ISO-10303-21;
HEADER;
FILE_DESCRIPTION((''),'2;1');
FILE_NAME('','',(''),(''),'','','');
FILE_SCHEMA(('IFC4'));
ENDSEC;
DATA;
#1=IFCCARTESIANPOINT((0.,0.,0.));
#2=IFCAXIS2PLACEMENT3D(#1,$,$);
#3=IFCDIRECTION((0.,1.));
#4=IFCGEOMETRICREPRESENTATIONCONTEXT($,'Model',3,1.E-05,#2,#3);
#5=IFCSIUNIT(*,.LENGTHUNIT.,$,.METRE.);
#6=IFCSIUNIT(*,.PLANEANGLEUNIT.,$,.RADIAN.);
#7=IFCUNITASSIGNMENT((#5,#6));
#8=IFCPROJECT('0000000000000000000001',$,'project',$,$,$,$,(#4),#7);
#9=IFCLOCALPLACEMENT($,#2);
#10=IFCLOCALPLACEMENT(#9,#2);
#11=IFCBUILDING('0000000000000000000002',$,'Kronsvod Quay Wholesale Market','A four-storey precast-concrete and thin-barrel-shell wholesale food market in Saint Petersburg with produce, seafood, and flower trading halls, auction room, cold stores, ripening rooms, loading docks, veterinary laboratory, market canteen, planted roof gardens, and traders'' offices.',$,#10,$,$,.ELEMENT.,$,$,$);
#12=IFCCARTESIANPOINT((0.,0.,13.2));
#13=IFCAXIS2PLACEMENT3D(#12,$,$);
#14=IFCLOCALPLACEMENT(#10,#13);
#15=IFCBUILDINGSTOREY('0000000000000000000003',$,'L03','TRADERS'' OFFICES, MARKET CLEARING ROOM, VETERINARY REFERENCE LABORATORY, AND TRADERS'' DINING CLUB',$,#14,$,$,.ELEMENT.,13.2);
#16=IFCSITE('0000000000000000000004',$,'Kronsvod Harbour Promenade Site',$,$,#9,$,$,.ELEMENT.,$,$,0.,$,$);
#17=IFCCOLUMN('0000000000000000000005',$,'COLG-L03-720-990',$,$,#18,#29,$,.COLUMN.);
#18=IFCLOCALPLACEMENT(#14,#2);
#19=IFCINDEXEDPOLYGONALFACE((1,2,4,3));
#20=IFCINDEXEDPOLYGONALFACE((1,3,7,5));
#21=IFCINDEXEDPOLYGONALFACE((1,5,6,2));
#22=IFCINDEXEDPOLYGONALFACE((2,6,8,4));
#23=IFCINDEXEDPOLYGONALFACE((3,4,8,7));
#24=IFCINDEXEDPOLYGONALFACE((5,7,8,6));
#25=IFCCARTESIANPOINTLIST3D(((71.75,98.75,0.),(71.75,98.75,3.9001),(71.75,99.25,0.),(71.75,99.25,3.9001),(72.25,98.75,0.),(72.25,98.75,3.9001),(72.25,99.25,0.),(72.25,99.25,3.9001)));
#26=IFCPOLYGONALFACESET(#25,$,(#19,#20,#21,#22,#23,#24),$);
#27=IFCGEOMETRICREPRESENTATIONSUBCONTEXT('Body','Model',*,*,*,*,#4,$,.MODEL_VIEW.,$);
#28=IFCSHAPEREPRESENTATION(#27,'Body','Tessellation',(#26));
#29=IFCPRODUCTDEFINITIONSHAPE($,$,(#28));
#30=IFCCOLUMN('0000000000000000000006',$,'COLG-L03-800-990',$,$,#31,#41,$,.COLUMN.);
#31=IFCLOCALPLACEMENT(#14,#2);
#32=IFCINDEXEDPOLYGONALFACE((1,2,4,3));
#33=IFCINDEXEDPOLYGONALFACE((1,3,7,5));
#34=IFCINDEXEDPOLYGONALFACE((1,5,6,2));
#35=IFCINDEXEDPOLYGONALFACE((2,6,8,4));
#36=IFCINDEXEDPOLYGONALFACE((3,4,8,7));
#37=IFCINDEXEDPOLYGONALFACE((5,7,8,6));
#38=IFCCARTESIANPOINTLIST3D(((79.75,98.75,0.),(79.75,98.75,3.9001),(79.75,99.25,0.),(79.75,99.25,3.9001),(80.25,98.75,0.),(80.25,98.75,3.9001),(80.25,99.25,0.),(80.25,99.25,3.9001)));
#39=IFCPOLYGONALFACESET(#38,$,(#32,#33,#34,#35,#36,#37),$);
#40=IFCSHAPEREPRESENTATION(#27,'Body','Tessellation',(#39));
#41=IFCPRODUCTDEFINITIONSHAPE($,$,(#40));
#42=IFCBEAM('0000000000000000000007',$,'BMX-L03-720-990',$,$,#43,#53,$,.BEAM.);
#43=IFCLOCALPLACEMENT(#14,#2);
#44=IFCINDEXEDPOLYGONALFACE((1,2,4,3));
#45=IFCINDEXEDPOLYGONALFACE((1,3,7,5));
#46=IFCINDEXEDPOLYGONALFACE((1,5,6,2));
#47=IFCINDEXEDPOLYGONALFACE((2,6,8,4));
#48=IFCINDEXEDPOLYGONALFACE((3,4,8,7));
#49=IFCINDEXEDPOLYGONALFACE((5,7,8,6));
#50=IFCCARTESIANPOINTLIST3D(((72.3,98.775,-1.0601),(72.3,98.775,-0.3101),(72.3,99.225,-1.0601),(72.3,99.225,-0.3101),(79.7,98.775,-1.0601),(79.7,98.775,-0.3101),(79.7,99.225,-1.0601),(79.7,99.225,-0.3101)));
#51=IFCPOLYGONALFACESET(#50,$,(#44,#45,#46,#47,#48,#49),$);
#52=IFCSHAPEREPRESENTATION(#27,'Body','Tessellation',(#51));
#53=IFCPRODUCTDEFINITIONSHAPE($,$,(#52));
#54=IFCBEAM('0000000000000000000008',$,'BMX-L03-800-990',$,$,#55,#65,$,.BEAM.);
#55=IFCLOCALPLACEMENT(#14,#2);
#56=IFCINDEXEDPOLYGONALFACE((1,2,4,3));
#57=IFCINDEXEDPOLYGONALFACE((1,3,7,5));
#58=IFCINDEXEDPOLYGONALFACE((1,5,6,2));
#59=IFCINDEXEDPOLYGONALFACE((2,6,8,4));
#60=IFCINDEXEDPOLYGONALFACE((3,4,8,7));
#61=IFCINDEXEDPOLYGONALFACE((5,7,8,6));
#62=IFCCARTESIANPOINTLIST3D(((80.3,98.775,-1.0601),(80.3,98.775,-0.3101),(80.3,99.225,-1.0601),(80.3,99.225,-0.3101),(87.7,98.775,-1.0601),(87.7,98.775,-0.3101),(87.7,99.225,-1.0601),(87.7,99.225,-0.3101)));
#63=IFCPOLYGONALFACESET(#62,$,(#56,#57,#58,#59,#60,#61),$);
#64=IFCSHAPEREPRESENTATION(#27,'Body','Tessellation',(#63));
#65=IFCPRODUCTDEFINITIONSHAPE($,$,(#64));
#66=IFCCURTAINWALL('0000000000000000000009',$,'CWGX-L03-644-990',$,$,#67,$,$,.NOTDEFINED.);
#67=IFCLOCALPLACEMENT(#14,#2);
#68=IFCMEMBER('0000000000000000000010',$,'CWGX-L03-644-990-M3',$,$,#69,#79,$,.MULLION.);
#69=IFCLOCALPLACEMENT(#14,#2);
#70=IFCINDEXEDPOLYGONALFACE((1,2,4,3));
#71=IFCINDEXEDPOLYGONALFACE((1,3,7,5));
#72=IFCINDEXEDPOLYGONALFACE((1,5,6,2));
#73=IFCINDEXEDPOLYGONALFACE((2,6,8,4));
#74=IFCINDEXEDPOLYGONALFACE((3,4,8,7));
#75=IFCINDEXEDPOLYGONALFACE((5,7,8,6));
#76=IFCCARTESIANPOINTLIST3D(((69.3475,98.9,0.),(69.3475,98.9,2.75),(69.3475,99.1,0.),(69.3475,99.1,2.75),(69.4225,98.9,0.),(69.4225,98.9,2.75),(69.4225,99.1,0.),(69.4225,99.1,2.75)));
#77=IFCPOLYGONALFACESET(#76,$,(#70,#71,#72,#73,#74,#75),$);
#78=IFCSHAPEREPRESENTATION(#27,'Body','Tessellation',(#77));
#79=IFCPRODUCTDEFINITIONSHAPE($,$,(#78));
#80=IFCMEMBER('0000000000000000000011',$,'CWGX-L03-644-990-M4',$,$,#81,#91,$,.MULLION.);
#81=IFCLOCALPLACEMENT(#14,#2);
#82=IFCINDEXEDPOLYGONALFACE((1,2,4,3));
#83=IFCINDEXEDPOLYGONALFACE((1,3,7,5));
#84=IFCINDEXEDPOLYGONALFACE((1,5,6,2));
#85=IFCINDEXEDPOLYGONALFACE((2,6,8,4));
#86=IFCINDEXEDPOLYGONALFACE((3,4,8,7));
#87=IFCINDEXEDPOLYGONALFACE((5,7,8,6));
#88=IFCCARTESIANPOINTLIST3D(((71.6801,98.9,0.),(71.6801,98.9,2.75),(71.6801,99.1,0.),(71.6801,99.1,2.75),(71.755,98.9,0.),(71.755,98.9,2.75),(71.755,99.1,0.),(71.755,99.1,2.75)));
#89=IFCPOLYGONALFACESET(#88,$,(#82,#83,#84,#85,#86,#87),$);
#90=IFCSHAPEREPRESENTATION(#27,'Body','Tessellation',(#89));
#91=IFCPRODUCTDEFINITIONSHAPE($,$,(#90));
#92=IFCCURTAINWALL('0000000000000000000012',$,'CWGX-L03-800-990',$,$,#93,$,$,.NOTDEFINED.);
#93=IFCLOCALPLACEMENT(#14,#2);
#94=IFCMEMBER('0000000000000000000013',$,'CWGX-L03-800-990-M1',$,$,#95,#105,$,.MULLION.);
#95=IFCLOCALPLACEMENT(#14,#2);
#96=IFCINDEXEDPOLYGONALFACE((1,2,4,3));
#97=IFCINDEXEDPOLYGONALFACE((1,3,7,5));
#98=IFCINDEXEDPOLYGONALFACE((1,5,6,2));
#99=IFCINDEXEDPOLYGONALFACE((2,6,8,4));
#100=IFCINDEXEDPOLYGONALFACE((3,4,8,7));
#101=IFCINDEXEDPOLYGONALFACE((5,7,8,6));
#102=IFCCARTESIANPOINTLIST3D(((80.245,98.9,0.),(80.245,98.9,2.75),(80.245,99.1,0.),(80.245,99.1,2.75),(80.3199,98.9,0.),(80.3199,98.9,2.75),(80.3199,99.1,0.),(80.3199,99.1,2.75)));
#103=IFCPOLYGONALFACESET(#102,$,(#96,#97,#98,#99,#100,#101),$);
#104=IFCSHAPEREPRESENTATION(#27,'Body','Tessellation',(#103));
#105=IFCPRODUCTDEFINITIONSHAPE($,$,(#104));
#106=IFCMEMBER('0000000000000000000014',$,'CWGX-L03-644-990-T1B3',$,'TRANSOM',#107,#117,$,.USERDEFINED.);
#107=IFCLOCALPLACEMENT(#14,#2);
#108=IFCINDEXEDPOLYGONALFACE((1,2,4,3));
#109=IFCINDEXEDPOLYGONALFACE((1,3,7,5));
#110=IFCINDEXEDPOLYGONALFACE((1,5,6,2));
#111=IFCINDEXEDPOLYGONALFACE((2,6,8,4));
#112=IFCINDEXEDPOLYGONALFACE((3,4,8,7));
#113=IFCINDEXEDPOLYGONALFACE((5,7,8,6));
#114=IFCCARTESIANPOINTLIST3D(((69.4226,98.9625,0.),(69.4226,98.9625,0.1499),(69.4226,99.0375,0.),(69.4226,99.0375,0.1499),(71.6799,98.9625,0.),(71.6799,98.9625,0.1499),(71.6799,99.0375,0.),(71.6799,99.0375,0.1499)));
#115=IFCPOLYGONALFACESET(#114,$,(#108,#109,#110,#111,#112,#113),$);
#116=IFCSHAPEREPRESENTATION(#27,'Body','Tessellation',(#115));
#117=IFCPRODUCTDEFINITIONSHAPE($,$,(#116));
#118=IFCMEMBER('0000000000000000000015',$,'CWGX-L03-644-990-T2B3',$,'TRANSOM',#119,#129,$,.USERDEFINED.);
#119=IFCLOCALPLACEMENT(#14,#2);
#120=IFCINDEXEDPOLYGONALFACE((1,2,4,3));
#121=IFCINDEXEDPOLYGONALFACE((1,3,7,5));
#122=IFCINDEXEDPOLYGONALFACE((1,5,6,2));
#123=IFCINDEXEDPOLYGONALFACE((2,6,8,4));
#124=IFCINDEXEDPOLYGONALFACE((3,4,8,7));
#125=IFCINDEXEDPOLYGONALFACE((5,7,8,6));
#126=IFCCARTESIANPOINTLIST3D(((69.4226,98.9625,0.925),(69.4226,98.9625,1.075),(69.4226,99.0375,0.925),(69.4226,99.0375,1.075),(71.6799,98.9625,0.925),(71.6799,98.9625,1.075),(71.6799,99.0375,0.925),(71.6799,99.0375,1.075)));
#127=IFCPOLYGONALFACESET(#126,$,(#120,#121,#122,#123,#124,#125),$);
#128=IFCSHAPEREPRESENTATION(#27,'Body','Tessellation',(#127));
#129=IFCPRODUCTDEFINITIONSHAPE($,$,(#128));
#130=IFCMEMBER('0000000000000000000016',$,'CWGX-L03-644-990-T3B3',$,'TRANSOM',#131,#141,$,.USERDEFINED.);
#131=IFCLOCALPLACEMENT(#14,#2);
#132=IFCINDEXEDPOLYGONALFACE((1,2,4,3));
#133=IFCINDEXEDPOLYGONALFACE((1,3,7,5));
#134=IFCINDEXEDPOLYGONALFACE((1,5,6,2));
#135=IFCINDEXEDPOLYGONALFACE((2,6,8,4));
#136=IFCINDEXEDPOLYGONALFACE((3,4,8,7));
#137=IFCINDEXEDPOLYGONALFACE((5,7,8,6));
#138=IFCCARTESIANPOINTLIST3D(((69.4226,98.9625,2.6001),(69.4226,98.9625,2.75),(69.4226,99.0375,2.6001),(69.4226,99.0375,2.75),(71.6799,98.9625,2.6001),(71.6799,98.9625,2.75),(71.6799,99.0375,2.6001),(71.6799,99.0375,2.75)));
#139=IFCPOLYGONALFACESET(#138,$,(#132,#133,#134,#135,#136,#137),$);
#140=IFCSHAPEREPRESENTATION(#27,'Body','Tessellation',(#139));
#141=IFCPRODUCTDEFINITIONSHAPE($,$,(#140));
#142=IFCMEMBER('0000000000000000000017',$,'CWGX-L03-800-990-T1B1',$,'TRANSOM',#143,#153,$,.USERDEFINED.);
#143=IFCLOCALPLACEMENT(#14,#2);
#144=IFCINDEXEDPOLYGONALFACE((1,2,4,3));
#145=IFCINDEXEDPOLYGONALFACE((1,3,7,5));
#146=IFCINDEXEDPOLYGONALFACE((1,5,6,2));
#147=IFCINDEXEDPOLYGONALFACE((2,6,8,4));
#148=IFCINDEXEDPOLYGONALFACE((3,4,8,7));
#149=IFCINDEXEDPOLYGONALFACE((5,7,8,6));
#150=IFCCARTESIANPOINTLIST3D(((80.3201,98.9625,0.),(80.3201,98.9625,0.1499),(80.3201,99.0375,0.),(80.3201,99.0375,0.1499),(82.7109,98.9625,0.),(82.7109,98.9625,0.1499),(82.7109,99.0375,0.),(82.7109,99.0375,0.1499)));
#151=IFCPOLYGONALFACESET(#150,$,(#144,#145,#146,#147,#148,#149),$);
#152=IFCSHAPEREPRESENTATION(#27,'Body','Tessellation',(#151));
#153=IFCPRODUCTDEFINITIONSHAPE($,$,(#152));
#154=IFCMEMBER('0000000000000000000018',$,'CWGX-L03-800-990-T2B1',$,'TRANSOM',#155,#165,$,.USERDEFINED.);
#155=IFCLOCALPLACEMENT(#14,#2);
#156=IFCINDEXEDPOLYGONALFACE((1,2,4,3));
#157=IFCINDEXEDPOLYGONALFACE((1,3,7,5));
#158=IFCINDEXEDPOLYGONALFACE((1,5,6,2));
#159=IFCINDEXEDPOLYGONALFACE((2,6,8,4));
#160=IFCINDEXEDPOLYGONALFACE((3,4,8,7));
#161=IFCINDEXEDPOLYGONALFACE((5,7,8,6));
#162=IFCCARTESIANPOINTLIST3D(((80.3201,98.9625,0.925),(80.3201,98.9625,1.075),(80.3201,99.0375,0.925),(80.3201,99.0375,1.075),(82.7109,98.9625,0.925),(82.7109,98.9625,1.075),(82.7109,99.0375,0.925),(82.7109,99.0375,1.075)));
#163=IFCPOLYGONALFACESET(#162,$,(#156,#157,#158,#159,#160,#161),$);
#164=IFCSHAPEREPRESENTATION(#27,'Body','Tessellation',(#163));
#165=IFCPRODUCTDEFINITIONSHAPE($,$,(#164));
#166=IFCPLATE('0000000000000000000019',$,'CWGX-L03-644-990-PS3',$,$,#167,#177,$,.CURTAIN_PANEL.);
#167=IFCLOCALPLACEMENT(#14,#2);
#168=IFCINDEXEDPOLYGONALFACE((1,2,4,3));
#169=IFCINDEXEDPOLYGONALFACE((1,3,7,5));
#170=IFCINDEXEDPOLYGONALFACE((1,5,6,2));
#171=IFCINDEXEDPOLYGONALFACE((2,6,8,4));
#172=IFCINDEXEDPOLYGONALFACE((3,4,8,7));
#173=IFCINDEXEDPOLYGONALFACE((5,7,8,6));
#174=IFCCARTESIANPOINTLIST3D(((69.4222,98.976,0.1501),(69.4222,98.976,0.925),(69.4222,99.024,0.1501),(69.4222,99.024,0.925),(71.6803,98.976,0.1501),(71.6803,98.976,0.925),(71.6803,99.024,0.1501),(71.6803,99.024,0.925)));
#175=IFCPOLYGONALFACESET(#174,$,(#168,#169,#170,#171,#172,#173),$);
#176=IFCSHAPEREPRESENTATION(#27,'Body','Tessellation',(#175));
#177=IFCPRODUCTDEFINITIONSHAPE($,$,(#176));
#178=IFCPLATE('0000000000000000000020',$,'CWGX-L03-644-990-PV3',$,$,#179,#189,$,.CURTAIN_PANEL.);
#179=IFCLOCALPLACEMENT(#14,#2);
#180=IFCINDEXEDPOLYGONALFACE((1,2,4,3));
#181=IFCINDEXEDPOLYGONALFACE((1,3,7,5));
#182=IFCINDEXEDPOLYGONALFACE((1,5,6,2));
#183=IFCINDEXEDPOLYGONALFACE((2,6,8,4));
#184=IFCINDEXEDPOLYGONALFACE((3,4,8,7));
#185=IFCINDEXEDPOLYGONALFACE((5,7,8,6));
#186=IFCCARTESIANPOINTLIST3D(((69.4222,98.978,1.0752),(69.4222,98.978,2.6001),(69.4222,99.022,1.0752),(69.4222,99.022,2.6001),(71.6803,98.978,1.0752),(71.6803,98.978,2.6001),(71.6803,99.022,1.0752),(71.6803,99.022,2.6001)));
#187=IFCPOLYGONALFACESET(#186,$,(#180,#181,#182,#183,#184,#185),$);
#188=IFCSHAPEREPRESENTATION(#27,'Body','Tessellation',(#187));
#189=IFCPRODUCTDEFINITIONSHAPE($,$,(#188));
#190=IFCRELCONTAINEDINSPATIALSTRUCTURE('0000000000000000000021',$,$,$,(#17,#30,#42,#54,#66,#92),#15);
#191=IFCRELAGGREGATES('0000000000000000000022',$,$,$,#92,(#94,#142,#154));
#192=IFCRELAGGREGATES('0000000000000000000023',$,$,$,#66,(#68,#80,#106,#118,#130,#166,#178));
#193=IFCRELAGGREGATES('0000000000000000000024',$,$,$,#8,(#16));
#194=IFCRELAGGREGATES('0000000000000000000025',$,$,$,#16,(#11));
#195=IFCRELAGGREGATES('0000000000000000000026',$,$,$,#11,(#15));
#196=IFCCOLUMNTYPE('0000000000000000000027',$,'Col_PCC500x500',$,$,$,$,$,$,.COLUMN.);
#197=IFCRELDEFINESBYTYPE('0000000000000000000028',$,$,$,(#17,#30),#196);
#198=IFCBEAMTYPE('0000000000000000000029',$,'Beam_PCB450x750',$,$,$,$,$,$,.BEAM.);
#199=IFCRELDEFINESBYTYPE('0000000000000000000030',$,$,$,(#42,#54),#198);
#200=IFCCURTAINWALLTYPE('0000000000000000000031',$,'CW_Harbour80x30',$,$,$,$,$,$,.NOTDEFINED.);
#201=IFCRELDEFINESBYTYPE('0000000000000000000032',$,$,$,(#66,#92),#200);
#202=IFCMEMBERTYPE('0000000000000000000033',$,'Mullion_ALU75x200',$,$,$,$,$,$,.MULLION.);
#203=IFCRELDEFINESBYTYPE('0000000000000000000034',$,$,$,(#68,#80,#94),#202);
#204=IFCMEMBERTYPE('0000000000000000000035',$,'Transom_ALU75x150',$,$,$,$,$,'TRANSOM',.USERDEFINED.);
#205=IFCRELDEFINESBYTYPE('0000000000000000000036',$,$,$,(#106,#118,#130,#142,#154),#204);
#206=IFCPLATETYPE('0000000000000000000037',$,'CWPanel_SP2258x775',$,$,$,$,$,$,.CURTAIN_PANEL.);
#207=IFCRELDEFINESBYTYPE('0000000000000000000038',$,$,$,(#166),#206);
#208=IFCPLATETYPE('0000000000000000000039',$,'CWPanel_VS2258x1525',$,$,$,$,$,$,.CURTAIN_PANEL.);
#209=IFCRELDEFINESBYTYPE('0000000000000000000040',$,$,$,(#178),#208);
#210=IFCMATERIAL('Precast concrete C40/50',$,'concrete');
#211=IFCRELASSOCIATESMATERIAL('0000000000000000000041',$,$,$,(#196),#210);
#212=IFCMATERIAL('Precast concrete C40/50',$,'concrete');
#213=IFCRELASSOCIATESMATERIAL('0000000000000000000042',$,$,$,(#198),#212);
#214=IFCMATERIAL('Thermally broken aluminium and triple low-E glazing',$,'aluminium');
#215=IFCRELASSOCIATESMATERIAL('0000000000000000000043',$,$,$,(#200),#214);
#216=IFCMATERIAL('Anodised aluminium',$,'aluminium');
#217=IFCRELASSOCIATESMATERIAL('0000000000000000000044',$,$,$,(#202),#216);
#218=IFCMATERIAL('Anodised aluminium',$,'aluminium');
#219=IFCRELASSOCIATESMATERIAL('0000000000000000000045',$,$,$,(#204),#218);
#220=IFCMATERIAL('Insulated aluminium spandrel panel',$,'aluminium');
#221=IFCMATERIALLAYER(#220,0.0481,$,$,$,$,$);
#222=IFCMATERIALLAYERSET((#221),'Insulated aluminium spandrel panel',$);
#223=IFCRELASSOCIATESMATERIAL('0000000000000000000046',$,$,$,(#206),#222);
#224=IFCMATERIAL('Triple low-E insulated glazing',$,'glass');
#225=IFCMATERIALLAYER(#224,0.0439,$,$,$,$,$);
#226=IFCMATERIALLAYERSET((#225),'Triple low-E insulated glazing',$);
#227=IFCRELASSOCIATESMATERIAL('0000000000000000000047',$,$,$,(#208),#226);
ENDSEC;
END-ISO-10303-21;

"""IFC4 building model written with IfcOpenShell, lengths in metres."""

from ifc_helpers import new_model, si_unit, direction, frame, origin, origin_2d, place, context, subcontext, project, spatial, rectangle, extrude, material, layer, layer_set, material_profile, profile_set, type_object, element, aggregate, save


model = new_model("IFC4")

# Units and contexts
model_context = context("Model", 3, precision=1e-05, world=origin(), true_north=direction((0.0, 1.0)))
body_context = subcontext(model_context, "Body", "Model", "MODEL_VIEW")
ifc_project = project(units=[si_unit("LENGTHUNIT", "METRE"), si_unit("PLANEANGLEUNIT", "RADIAN")], contexts=[model_context])

# Site, building, storey
site_placement = place(None, origin())
site = spatial("IfcSite", under=ifc_project, at=site_placement, Name="Kronsvod Harbour Promenade Site", CompositionType="ELEMENT", RefElevation=0.0)
building_placement = place(site_placement, origin())
building = spatial("IfcBuilding", under=site, at=building_placement, Name="Kronsvod Quay Wholesale Market", Description="A four-storey precast-concrete and thin-barrel-shell wholesale food market in Saint Petersburg with produce, seafood, and flower trading halls, auction room, cold stores, ripening rooms, loading docks, veterinary laboratory, market canteen, planted roof gardens, and traders' offices.", CompositionType="ELEMENT")
storey_placement = place(building_placement, frame((0.0, 0.0, 13.2)))
storey = spatial("IfcBuildingStorey", under=building, at=storey_placement, Name="L03", Description="TRADERS' OFFICES, MARKET CLEARING ROOM, VETERINARY REFERENCE LABORATORY, AND TRADERS' DINING CLUB", CompositionType="ELEMENT", Elevation=13.2)

# Columns
ifc_material_1 = material(Name="Precast concrete C40/50", Category="concrete")
ifc_material_profile_1 = material_profile(ifc_material_1, rectangle(XDim=0.5, YDim=0.5, at=origin_2d()), Name="PCC500x500")
ifc_profile_set_1 = profile_set([ifc_material_profile_1], Name="Precast concrete C40/50")
column_type = type_object("IfcColumnType", Name="Col_PCC500x500", PredefinedType="COLUMN", material=ifc_profile_set_1)
for number, where, z_axis, x_axis, name in (
    (1, (72.0, 99.0, 0.0), (0.0, 0.0, 1.0), (1.0, 0.0, 0.0), "COLG-L03-720-990"),
    (2, (80.0, 99.0, 0.0), (0.0, 0.0, 1.0), (1.0, 0.0, 0.0), "COLG-L03-800-990"),
):
    element("IfcColumn", number, at=place(storey_placement, frame(where, z_axis=z_axis, x_axis=x_axis)), inside=storey, type_object=column_type, Name=name, PredefinedType="COLUMN", context=body_context, shape_type="SweptSolid", body=[
        extrude(rectangle(XDim=0.5, YDim=0.5, at=origin_2d()), origin(), (0.0, 0.0, 1.0), 3.9001),
    ])

# Beams
ifc_material_2 = material(Name="Precast concrete C40/50", Category="concrete")
ifc_material_profile_2 = material_profile(ifc_material_2, rectangle(XDim=0.45, YDim=0.75, at=origin_2d()), Name="PCB450x750")
ifc_profile_set_2 = profile_set([ifc_material_profile_2], Name="Precast concrete C40/50")
beam_type = type_object("IfcBeamType", Name="Beam_PCB450x750", PredefinedType="BEAM", material=ifc_profile_set_2)
for number, where, z_axis, x_axis, name in (
    (3, (72.3, 99.0, -0.6851), (1.0, 0.0, 0.0), (0.0, 1.0, 0.0), "BMX-L03-720-990"),
    (4, (80.3, 99.0, -0.6851), (1.0, 0.0, 0.0), (0.0, 1.0, 0.0), "BMX-L03-800-990"),
):
    element("IfcBeam", number, at=place(storey_placement, frame(where, z_axis=z_axis, x_axis=x_axis)), inside=storey, type_object=beam_type, Name=name, PredefinedType="BEAM", context=body_context, shape_type="SweptSolid", body=[
        extrude(rectangle(XDim=0.45, YDim=0.75, at=origin_2d()), origin(), (0.0, 0.0, 1.0), 7.3999),
    ])

# Curtain wall, members
ifc_material_3 = material(Name="Thermally broken aluminium and triple low-E glazing", Category="aluminium")
curtain_wall_type = type_object("IfcCurtainWallType", Name="CW_Harbour80x30", PredefinedType="NOTDEFINED", material=ifc_material_3)
curtain_wall_1_placement = place(storey_placement, origin())
curtain_wall_1 = element("IfcCurtainWall", 5, at=curtain_wall_1_placement, inside=storey, type_object=curtain_wall_type, Name="CWGX-L03-644-990", PredefinedType="NOTDEFINED")
ifc_material_4 = material(Name="Anodised aluminium", Category="aluminium")
ifc_material_profile_3 = material_profile(ifc_material_4, rectangle(XDim=0.075, YDim=0.2, at=origin_2d()), Name="ALUM75x200")
ifc_profile_set_3 = profile_set([ifc_material_profile_3], Name="Anodised aluminium")
member_type_1 = type_object("IfcMemberType", Name="Mullion_ALU75x200", PredefinedType="MULLION", material=ifc_profile_set_3)
member_1_placement = place(storey_placement, frame((69.385, 99.0, 0.0), z_axis=(0.0, 0.0, 1.0), x_axis=(1.0, 0.0, 0.0)))
member_1 = element("IfcMember", 6, at=member_1_placement, type_object=member_type_1, Name="CWGX-L03-644-990-M3", PredefinedType="MULLION", context=body_context, shape_type="SweptSolid", body=[
    extrude(rectangle(XDim=0.075, YDim=0.2, at=origin_2d()), origin(), (0.0, 0.0, 1.0), 2.75),
])
member_2_placement = place(storey_placement, frame((71.7175, 99.0, 0.0), z_axis=(0.0, 0.0, 1.0), x_axis=(1.0, 0.0, 0.0)))
member_2 = element("IfcMember", 7, at=member_2_placement, type_object=member_type_1, Name="CWGX-L03-644-990-M4", PredefinedType="MULLION", context=body_context, shape_type="SweptSolid", body=[
    extrude(rectangle(XDim=0.075, YDim=0.2, at=origin_2d()), origin(), (0.0, 0.0, 1.0), 2.75),
])

# Curtain wall, member
curtain_wall_2_placement = place(storey_placement, origin())
curtain_wall_2 = element("IfcCurtainWall", 8, at=curtain_wall_2_placement, inside=storey, type_object=curtain_wall_type, Name="CWGX-L03-800-990", PredefinedType="NOTDEFINED")
member_3_placement = place(storey_placement, frame((80.2825, 99.0, 0.0), z_axis=(0.0, 0.0, 1.0), x_axis=(1.0, 0.0, 0.0)))
member_3 = element("IfcMember", 9, at=member_3_placement, type_object=member_type_1, Name="CWGX-L03-800-990-M1", PredefinedType="MULLION", context=body_context, shape_type="SweptSolid", body=[
    extrude(rectangle(XDim=0.075, YDim=0.2, at=origin_2d()), origin(), (0.0, 0.0, 1.0), 2.75),
])

# Members
ifc_material_5 = material(Name="Anodised aluminium", Category="aluminium")
ifc_material_profile_4 = material_profile(ifc_material_5, rectangle(XDim=0.075, YDim=0.1499, at=origin_2d()), Name="ALUT75x150")
ifc_profile_set_4 = profile_set([ifc_material_profile_4], Name="Anodised aluminium")
member_type_2 = type_object("IfcMemberType", Name="Transom_ALU75x150", ElementType="TRANSOM", PredefinedType="USERDEFINED", material=ifc_profile_set_4)
member_4_placement = place(storey_placement, frame((69.4226, 99.0, 0.075), z_axis=(1.0, 0.0, 0.0), x_axis=(0.0, 1.0, 0.0)))
member_4 = element("IfcMember", 10, at=member_4_placement, type_object=member_type_2, Name="CWGX-L03-644-990-T1B3", ObjectType="TRANSOM", PredefinedType="USERDEFINED", context=body_context, shape_type="SweptSolid", body=[
    extrude(rectangle(XDim=0.075, YDim=0.1499, at=origin_2d()), origin(), (0.0, 0.0, 1.0), 2.2573),
])
member_5_placement = place(storey_placement, frame((69.4226, 99.0, 1.0), z_axis=(1.0, 0.0, 0.0), x_axis=(0.0, 1.0, 0.0)))
member_5 = element("IfcMember", 11, at=member_5_placement, type_object=member_type_2, Name="CWGX-L03-644-990-T2B3", ObjectType="TRANSOM", PredefinedType="USERDEFINED", context=body_context, shape_type="SweptSolid", body=[
    extrude(rectangle(XDim=0.075, YDim=0.1499, at=origin_2d()), origin(), (0.0, 0.0, 1.0), 2.2573),
])
member_6_placement = place(storey_placement, frame((69.4226, 99.0, 2.675), z_axis=(1.0, 0.0, 0.0), x_axis=(0.0, 1.0, 0.0)))
member_6 = element("IfcMember", 12, at=member_6_placement, type_object=member_type_2, Name="CWGX-L03-644-990-T3B3", ObjectType="TRANSOM", PredefinedType="USERDEFINED", context=body_context, shape_type="SweptSolid", body=[
    extrude(rectangle(XDim=0.075, YDim=0.1499, at=origin_2d()), origin(), (0.0, 0.0, 1.0), 2.2573),
])
member_7_placement = place(storey_placement, frame((80.3201, 99.0, 0.075), z_axis=(1.0, 0.0, 0.0), x_axis=(0.0, 1.0, 0.0)))
member_7 = element("IfcMember", 13, at=member_7_placement, type_object=member_type_2, Name="CWGX-L03-800-990-T1B1", ObjectType="TRANSOM", PredefinedType="USERDEFINED", context=body_context, shape_type="SweptSolid", body=[
    extrude(rectangle(XDim=0.075, YDim=0.1499, at=origin_2d()), origin(), (0.0, 0.0, 1.0), 2.3909),
])
member_8_placement = place(storey_placement, frame((80.3201, 99.0, 1.0), z_axis=(1.0, 0.0, 0.0), x_axis=(0.0, 1.0, 0.0)))
member_8 = element("IfcMember", 14, at=member_8_placement, type_object=member_type_2, Name="CWGX-L03-800-990-T2B1", ObjectType="TRANSOM", PredefinedType="USERDEFINED", context=body_context, shape_type="SweptSolid", body=[
    extrude(rectangle(XDim=0.075, YDim=0.1499, at=origin_2d()), origin(), (0.0, 0.0, 1.0), 2.3909),
])
aggregate(curtain_wall_2, [member_3, member_7, member_8])

# Plates
ifc_material_6 = material(Name="Insulated aluminium spandrel panel", Category="aluminium")
ifc_layer_1 = layer(ifc_material_6, 0.0481)
ifc_layer_set_1 = layer_set([ifc_layer_1], Name="Insulated aluminium spandrel panel")
plate_type_1 = type_object("IfcPlateType", Name="CWPanel_SP2258x775", PredefinedType="CURTAIN_PANEL", material=ifc_layer_set_1)
plate_1_placement = place(storey_placement, frame((70.5513, 99.0, 0.1501), z_axis=(0.0, 0.0, 1.0), x_axis=(1.0, 0.0, 0.0)))
plate_1 = element("IfcPlate", 15, at=plate_1_placement, type_object=plate_type_1, Name="CWGX-L03-644-990-PS3", PredefinedType="CURTAIN_PANEL", context=body_context, shape_type="SweptSolid", body=[
    extrude(rectangle(XDim=2.2581, YDim=0.0481, at=origin_2d()), origin(), (0.0, 0.0, 1.0), 0.7749),
])
ifc_material_7 = material(Name="Triple low-E insulated glazing", Category="glass")
ifc_layer_2 = layer(ifc_material_7, 0.0439)
ifc_layer_set_2 = layer_set([ifc_layer_2], Name="Triple low-E insulated glazing")
plate_type_2 = type_object("IfcPlateType", Name="CWPanel_VS2258x1525", PredefinedType="CURTAIN_PANEL", material=ifc_layer_set_2)
plate_2_placement = place(storey_placement, frame((70.5513, 99.0, 1.0752), z_axis=(0.0, 0.0, 1.0), x_axis=(1.0, 0.0, 0.0)))
plate_2 = element("IfcPlate", 16, at=plate_2_placement, type_object=plate_type_2, Name="CWGX-L03-644-990-PV3", PredefinedType="CURTAIN_PANEL", context=body_context, shape_type="SweptSolid", body=[
    extrude(rectangle(XDim=2.2581, YDim=0.0439, at=origin_2d()), origin(), (0.0, 0.0, 1.0), 1.5249),
])
aggregate(curtain_wall_1, [member_1, member_2, member_4, member_5, member_6, plate_1, plate_2])

save(model, "model.ifc")
